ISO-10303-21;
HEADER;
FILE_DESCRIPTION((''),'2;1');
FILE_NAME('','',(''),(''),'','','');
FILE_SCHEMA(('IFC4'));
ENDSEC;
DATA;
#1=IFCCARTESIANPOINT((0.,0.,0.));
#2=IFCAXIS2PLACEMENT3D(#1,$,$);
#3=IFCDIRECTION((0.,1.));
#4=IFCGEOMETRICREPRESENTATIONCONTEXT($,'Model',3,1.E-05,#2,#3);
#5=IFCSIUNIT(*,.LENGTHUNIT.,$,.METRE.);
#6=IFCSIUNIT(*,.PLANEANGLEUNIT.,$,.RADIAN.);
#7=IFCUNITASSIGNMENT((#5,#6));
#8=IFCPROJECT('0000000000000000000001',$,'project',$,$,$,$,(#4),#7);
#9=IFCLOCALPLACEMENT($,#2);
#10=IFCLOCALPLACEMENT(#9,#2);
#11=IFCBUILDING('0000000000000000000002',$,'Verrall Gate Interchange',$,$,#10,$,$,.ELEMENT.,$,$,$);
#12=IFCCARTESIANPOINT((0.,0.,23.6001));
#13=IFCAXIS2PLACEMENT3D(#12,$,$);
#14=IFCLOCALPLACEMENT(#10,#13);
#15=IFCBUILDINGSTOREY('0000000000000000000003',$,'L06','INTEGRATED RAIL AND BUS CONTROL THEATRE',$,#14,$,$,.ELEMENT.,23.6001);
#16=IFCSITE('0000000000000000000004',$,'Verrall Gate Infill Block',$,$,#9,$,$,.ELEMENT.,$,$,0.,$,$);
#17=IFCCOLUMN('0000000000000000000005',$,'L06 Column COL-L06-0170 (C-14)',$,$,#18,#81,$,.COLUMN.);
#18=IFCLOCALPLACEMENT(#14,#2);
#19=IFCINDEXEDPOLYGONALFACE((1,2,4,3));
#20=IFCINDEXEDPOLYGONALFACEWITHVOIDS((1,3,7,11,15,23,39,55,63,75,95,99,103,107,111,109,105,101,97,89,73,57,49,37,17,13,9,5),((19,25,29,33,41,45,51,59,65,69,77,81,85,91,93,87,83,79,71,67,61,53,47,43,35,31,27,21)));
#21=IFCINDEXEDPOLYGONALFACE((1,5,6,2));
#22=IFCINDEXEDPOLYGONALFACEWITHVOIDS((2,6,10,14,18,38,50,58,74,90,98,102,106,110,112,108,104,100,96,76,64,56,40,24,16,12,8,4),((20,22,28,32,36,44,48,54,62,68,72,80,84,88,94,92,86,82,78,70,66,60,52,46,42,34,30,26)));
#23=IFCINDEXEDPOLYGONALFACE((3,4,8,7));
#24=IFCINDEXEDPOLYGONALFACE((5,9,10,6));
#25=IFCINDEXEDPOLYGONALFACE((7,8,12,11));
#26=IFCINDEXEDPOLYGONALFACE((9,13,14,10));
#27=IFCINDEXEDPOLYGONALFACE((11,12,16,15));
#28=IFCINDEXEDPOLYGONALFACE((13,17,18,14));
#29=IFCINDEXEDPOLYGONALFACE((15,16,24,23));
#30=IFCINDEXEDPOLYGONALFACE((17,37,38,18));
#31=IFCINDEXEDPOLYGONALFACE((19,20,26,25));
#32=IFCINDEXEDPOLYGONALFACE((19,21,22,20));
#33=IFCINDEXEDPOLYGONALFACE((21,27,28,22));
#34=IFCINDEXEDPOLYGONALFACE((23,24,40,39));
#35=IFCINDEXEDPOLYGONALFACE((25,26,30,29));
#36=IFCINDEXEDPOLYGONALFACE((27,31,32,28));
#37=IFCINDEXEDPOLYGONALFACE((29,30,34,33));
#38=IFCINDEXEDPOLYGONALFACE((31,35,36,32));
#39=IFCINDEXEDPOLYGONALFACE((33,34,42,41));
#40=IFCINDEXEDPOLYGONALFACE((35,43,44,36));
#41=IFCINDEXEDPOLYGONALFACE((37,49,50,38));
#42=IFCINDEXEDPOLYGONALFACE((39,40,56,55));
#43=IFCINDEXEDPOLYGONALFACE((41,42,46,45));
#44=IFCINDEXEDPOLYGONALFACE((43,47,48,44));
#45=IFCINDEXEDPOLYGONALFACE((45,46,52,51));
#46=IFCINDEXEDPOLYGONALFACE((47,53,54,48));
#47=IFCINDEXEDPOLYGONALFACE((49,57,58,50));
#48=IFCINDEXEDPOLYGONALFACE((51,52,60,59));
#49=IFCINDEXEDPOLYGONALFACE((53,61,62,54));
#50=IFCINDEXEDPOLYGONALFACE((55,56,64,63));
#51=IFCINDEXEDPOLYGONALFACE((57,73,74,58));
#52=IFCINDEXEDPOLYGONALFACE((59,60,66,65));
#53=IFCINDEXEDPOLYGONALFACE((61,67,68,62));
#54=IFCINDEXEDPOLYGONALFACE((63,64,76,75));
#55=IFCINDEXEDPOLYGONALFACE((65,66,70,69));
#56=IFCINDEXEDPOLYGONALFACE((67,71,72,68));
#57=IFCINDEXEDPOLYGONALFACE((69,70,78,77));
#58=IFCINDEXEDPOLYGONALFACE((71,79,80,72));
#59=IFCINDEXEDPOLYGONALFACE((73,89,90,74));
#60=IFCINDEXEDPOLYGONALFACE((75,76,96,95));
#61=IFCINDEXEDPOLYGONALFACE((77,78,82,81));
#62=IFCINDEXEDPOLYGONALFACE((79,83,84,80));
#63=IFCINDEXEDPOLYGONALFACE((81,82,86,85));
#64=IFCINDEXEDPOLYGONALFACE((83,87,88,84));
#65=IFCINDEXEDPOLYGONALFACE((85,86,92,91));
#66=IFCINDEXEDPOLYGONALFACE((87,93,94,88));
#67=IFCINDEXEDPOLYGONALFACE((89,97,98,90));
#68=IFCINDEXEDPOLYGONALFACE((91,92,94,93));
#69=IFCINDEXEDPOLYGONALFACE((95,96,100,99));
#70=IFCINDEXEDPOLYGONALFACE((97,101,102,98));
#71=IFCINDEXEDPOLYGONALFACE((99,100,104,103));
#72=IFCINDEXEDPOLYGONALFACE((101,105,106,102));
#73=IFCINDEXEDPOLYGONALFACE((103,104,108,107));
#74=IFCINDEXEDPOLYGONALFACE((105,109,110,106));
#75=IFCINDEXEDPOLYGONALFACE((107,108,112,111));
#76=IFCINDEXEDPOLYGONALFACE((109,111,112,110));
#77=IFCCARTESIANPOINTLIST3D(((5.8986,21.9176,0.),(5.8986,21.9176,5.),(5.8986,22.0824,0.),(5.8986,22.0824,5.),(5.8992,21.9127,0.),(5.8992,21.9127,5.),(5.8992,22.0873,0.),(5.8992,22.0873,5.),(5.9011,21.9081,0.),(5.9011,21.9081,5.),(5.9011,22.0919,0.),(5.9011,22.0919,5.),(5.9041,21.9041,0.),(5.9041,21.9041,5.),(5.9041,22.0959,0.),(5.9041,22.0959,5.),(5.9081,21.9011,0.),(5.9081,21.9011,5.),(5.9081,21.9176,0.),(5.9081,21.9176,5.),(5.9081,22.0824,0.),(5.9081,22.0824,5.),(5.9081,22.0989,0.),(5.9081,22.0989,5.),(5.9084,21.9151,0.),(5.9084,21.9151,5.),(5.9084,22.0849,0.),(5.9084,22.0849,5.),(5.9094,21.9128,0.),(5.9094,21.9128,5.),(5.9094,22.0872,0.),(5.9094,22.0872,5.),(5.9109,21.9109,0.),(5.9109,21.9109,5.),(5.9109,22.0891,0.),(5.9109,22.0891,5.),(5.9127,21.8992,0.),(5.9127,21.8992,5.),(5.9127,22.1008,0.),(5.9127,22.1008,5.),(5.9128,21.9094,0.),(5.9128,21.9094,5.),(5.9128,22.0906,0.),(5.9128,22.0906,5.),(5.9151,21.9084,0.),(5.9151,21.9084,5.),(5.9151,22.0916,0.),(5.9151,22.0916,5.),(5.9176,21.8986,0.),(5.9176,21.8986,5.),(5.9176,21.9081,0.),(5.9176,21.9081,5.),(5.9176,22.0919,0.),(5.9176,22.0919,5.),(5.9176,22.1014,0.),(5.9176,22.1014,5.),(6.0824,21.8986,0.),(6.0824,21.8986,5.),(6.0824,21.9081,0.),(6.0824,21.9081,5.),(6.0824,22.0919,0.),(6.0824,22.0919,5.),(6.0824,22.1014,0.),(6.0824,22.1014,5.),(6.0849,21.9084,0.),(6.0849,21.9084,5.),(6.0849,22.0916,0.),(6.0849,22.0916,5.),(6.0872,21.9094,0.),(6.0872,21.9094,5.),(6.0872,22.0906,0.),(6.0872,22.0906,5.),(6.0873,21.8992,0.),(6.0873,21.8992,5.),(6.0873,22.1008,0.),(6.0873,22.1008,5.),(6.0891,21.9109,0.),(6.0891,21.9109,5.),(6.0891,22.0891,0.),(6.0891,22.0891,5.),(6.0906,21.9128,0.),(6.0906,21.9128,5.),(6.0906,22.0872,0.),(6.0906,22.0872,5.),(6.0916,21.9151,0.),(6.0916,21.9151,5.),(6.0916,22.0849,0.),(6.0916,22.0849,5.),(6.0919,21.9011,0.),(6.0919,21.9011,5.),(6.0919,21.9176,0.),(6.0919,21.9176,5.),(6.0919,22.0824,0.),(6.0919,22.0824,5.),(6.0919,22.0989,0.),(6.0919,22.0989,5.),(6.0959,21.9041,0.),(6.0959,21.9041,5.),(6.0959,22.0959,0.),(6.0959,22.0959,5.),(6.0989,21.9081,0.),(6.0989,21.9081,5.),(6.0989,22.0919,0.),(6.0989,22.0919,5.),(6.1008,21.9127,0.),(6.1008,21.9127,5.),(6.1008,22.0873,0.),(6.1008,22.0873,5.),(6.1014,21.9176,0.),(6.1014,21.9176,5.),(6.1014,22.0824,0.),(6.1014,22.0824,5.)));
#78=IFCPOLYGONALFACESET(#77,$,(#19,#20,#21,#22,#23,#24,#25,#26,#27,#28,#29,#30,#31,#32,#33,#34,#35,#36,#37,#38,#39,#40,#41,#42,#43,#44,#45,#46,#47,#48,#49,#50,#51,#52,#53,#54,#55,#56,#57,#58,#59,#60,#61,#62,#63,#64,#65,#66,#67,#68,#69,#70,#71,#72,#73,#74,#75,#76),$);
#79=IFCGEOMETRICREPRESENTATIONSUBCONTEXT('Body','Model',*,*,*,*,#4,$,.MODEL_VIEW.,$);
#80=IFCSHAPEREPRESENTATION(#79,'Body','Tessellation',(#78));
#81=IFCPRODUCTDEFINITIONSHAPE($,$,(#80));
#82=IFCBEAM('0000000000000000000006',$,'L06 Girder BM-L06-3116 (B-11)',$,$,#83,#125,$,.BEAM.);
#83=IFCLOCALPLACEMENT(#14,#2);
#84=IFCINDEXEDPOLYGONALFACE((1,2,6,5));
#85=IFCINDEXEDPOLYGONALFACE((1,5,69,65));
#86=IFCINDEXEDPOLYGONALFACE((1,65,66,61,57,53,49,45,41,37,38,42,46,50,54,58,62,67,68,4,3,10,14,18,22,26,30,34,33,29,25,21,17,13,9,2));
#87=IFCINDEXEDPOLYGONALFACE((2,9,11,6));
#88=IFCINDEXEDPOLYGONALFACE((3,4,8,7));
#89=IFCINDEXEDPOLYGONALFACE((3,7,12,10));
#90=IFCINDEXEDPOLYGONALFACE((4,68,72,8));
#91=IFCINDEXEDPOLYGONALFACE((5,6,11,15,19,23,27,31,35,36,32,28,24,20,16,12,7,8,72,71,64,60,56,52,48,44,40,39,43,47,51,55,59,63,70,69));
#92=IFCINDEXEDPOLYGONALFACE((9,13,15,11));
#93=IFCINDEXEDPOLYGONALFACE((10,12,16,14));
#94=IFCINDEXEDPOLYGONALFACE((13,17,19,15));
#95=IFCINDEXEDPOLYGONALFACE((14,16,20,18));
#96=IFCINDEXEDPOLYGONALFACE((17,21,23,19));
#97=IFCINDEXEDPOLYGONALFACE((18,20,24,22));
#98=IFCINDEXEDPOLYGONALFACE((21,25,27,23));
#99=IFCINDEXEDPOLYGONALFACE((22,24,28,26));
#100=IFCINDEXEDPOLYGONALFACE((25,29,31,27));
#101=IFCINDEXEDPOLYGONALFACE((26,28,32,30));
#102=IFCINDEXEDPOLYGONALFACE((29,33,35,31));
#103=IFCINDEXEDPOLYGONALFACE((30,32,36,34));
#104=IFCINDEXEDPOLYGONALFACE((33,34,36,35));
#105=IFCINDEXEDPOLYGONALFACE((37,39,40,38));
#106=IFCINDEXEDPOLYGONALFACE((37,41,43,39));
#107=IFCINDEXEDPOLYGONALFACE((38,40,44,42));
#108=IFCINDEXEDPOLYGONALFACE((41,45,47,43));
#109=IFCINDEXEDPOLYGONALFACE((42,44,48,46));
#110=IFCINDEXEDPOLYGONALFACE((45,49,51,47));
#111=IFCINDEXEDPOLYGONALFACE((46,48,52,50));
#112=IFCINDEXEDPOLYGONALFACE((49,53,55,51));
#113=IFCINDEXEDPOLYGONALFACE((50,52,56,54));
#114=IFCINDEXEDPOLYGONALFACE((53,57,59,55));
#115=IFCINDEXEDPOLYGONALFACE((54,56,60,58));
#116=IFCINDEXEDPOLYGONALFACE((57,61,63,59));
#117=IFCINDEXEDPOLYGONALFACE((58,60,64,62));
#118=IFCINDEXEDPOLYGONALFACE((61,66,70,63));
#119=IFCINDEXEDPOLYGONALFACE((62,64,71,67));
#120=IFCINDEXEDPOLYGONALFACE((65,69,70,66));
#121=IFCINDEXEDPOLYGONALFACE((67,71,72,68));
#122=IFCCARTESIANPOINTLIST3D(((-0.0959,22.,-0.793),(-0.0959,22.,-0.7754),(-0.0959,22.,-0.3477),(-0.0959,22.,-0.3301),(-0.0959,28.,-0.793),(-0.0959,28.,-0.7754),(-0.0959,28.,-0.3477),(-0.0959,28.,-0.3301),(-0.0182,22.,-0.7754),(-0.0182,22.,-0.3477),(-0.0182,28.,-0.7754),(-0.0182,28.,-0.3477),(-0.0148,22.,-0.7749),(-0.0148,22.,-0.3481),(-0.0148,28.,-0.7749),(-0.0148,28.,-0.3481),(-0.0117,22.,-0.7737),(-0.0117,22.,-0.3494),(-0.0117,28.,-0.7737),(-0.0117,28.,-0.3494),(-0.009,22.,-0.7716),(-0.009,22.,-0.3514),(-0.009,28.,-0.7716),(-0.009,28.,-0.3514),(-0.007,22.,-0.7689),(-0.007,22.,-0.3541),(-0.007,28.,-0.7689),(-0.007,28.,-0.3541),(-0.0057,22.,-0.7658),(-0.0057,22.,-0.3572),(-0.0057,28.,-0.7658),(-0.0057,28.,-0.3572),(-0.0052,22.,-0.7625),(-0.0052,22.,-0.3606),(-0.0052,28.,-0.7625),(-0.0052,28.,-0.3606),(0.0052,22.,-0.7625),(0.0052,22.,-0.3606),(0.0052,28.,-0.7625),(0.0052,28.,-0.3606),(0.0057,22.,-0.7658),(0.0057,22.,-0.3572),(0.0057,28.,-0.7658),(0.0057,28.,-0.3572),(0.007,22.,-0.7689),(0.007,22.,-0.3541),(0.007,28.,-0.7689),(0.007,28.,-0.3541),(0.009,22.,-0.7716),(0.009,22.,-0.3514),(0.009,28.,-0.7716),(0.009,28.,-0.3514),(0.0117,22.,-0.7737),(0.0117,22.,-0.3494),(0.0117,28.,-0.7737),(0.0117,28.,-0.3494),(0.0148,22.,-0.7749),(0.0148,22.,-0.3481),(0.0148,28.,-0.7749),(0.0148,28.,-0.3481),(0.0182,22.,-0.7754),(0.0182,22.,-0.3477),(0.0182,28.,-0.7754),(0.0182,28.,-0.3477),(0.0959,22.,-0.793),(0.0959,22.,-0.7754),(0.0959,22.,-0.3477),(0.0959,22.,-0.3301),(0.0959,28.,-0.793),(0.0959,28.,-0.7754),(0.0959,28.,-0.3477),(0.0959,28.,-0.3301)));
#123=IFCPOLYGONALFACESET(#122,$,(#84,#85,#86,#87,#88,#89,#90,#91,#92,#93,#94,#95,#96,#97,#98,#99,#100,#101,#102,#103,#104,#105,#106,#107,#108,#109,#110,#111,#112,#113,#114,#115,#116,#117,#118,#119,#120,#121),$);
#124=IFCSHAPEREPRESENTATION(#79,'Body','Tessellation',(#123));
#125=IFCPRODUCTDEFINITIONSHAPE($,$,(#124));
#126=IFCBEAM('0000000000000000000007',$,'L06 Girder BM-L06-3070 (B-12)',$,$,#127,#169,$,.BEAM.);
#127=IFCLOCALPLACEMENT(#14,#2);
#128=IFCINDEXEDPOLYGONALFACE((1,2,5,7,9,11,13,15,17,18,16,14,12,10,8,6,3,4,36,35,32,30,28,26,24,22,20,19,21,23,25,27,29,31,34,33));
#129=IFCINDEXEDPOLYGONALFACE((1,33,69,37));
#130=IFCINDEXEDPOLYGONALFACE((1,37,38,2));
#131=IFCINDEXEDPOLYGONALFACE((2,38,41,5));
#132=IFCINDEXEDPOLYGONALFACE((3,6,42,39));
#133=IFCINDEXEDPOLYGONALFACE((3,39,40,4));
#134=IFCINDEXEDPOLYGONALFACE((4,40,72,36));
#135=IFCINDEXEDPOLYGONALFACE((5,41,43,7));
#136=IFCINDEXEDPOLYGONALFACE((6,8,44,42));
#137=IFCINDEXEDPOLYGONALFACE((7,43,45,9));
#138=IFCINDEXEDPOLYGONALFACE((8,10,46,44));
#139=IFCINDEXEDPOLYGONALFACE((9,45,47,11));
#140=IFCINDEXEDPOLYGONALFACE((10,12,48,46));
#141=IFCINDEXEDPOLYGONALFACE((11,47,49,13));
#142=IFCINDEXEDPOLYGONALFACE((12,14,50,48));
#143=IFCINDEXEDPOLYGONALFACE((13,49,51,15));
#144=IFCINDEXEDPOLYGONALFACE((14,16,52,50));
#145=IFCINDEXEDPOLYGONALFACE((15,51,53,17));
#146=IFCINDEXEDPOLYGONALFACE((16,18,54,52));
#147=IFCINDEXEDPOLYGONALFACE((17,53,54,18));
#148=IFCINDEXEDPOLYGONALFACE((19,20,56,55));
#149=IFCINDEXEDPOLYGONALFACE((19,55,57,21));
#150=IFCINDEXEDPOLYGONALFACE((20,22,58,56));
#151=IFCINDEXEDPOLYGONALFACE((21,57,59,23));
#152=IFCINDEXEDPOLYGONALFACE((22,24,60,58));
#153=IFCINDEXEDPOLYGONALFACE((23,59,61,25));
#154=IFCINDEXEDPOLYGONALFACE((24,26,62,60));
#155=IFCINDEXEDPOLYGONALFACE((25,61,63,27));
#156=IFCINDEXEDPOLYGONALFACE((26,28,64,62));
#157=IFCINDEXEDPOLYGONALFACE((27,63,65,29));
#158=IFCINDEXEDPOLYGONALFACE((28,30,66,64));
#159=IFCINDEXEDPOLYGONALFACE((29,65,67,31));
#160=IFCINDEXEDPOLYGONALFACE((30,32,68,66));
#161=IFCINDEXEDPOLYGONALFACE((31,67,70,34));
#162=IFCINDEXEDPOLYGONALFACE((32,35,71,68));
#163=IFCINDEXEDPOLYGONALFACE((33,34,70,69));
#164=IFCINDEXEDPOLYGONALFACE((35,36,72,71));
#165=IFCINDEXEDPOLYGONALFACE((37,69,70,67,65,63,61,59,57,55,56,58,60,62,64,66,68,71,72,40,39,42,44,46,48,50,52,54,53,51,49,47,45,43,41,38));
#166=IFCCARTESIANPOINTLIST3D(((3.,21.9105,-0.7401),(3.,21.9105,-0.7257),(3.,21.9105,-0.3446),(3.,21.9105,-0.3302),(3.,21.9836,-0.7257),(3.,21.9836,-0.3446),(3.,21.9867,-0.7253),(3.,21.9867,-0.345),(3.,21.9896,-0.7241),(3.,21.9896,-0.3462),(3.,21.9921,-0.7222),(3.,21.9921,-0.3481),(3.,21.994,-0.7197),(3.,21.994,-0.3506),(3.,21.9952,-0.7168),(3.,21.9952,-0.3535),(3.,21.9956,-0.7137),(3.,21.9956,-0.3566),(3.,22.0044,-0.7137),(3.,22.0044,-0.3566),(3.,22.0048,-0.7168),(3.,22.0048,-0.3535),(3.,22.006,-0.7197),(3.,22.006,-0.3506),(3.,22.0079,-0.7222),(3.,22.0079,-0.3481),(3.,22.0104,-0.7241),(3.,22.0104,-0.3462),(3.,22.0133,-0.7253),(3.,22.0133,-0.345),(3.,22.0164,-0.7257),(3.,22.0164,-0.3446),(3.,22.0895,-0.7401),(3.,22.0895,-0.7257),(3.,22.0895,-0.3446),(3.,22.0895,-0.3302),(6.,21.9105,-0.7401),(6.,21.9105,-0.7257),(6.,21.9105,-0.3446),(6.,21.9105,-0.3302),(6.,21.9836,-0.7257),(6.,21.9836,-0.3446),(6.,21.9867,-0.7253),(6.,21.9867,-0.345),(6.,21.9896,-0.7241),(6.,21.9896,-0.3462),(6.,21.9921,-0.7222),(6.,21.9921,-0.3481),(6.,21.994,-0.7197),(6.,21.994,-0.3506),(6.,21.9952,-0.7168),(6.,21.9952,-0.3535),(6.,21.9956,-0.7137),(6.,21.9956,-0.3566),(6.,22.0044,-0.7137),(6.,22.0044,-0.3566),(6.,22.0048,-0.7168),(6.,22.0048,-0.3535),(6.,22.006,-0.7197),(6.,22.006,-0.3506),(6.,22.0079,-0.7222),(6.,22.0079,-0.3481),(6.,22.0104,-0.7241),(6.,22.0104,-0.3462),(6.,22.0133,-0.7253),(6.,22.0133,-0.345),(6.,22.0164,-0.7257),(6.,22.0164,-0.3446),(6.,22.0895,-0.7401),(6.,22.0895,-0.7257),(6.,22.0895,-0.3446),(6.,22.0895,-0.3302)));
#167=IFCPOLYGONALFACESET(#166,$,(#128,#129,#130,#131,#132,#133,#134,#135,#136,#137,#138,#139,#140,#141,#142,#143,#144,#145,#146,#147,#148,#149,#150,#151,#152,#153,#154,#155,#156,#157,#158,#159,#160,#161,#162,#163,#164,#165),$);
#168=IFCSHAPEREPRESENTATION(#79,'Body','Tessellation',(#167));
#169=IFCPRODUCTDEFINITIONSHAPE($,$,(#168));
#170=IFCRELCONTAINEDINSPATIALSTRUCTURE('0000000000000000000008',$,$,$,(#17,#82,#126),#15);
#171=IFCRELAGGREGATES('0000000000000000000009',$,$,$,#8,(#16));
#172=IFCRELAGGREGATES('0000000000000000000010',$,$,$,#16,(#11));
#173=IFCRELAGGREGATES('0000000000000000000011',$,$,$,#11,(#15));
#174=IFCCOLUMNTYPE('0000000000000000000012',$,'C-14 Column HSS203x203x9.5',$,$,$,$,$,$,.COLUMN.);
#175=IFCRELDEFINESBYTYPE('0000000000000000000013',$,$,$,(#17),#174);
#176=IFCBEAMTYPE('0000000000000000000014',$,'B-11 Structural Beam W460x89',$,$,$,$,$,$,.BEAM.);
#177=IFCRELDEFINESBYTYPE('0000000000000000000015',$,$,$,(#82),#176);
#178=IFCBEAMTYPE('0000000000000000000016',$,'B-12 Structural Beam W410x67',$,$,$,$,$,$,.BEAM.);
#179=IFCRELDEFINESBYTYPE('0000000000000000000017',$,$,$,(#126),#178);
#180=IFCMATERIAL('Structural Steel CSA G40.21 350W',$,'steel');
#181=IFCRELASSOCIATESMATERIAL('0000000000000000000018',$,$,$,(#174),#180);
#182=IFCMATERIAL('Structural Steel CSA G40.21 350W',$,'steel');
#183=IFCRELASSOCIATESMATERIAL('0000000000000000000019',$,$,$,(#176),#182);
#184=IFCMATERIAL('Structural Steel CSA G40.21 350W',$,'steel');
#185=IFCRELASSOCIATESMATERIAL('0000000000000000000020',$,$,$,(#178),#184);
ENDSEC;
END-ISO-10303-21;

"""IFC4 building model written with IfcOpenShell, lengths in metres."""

from ifc_helpers import new_model, si_unit, direction, frame, origin, origin_2d, place, context, subcontext, project, spatial, hollow_rectangle, i_section, extrude, material, material_profile, profile_set, type_object, element, save


model = new_model("IFC4")

# Units and contexts
model_context = context("Model", 3, precision=1e-05, world=origin(), true_north=direction((0.0, 1.0)))
body_context = subcontext(model_context, "Body", "Model", "MODEL_VIEW")
ifc_project = project(units=[si_unit("LENGTHUNIT", "METRE"), si_unit("PLANEANGLEUNIT", "RADIAN")], contexts=[model_context])

# Site, building, storey
site_placement = place(None, origin())
site = spatial("IfcSite", under=ifc_project, at=site_placement, Name="Verrall Gate Infill Block", CompositionType="ELEMENT", RefElevation=0.0)
building_placement = place(site_placement, origin())
building = spatial("IfcBuilding", under=site, at=building_placement, Name="Verrall Gate Interchange", CompositionType="ELEMENT")
storey_placement = place(building_placement, frame((0.0, 0.0, 23.6001)))
storey = spatial("IfcBuildingStorey", under=building, at=storey_placement, Name="L06", Description="INTEGRATED RAIL AND BUS CONTROL THEATRE", CompositionType="ELEMENT", Elevation=23.6001)

# Column
ifc_material_1 = material(Name="Structural Steel CSA G40.21 350W", Category="steel")
ifc_material_profile_1 = material_profile(ifc_material_1, hollow_rectangle(XDim=0.2029, YDim=0.2029, WallThickness=0.0095, InnerFilletRadius=0.0095, OuterFilletRadius=0.019, at=origin_2d()), Name="HSS203x203x9.5")
ifc_profile_set_1 = profile_set([ifc_material_profile_1], Name="Structural Steel CSA G40.21 350W")
column_type = type_object("IfcColumnType", Name="C-14 Column HSS203x203x9.5", PredefinedType="COLUMN", material=ifc_profile_set_1)
column_placement = place(storey_placement, frame((6.0, 22.0, 0.0), z_axis=(0.0, 0.0, 1.0), x_axis=(1.0, 0.0, 0.0)))
element("IfcColumn", 1, at=column_placement, inside=storey, type_object=column_type, Name="L06 Column COL-L06-0170 (C-14)", PredefinedType="COLUMN", context=body_context, shape_type="SweptSolid", body=[
    extrude(hollow_rectangle(XDim=0.2029, YDim=0.2029, WallThickness=0.0095, InnerFilletRadius=0.0095, OuterFilletRadius=0.019, at=origin_2d()), origin(), (0.0, 0.0, 1.0), 5.0),
])

# Beams
ifc_material_2 = material(Name="Structural Steel CSA G40.21 350W", Category="steel")
ifc_material_profile_2 = material_profile(ifc_material_2, i_section(OverallWidth=0.1919, OverallDepth=0.4629, WebThickness=0.0105, FlangeThickness=0.0176, FilletRadius=0.0129, at=origin_2d()), Name="W460x89")
ifc_profile_set_2 = profile_set([ifc_material_profile_2], Name="Structural Steel CSA G40.21 350W")
beam_type_1 = type_object("IfcBeamType", Name="B-11 Structural Beam W460x89", PredefinedType="BEAM", material=ifc_profile_set_2)
beam_1_placement = place(storey_placement, frame((0.0, 22.0, -0.5615), z_axis=(0.0, 1.0, 0.0), x_axis=(-1.0, 0.0, 0.0)))
element("IfcBeam", 2, at=beam_1_placement, inside=storey, type_object=beam_type_1, Name="L06 Girder BM-L06-3116 (B-11)", PredefinedType="BEAM", context=body_context, shape_type="SweptSolid", body=[
    extrude(i_section(OverallWidth=0.1919, OverallDepth=0.4629, WebThickness=0.0105, FlangeThickness=0.0176, FilletRadius=0.0129, at=origin_2d()), origin(), (0.0, 0.0, 1.0), 6.0),
])
ifc_material_3 = material(Name="Structural Steel CSA G40.21 350W", Category="steel")
ifc_material_profile_3 = material_profile(ifc_material_3, i_section(OverallWidth=0.179, OverallDepth=0.4099, WebThickness=0.0088, FlangeThickness=0.0144, FilletRadius=0.012, at=origin_2d()), Name="W410x67")
ifc_profile_set_3 = profile_set([ifc_material_profile_3], Name="Structural Steel CSA G40.21 350W")
beam_type_2 = type_object("IfcBeamType", Name="B-12 Structural Beam W410x67", PredefinedType="BEAM", material=ifc_profile_set_3)
beam_2_placement = place(storey_placement, frame((3.0, 22.0, -0.5352), z_axis=(1.0, 0.0, 0.0), x_axis=(0.0, 1.0, 0.0)))
element("IfcBeam", 3, at=beam_2_placement, inside=storey, type_object=beam_type_2, Name="L06 Girder BM-L06-3070 (B-12)", PredefinedType="BEAM", context=body_context, shape_type="SweptSolid", body=[
    extrude(i_section(OverallWidth=0.179, OverallDepth=0.4099, WebThickness=0.0088, FlangeThickness=0.0144, FilletRadius=0.012, at=origin_2d()), origin(), (0.0, 0.0, 1.0), 3.0),
])

save(model, "model.ifc")
